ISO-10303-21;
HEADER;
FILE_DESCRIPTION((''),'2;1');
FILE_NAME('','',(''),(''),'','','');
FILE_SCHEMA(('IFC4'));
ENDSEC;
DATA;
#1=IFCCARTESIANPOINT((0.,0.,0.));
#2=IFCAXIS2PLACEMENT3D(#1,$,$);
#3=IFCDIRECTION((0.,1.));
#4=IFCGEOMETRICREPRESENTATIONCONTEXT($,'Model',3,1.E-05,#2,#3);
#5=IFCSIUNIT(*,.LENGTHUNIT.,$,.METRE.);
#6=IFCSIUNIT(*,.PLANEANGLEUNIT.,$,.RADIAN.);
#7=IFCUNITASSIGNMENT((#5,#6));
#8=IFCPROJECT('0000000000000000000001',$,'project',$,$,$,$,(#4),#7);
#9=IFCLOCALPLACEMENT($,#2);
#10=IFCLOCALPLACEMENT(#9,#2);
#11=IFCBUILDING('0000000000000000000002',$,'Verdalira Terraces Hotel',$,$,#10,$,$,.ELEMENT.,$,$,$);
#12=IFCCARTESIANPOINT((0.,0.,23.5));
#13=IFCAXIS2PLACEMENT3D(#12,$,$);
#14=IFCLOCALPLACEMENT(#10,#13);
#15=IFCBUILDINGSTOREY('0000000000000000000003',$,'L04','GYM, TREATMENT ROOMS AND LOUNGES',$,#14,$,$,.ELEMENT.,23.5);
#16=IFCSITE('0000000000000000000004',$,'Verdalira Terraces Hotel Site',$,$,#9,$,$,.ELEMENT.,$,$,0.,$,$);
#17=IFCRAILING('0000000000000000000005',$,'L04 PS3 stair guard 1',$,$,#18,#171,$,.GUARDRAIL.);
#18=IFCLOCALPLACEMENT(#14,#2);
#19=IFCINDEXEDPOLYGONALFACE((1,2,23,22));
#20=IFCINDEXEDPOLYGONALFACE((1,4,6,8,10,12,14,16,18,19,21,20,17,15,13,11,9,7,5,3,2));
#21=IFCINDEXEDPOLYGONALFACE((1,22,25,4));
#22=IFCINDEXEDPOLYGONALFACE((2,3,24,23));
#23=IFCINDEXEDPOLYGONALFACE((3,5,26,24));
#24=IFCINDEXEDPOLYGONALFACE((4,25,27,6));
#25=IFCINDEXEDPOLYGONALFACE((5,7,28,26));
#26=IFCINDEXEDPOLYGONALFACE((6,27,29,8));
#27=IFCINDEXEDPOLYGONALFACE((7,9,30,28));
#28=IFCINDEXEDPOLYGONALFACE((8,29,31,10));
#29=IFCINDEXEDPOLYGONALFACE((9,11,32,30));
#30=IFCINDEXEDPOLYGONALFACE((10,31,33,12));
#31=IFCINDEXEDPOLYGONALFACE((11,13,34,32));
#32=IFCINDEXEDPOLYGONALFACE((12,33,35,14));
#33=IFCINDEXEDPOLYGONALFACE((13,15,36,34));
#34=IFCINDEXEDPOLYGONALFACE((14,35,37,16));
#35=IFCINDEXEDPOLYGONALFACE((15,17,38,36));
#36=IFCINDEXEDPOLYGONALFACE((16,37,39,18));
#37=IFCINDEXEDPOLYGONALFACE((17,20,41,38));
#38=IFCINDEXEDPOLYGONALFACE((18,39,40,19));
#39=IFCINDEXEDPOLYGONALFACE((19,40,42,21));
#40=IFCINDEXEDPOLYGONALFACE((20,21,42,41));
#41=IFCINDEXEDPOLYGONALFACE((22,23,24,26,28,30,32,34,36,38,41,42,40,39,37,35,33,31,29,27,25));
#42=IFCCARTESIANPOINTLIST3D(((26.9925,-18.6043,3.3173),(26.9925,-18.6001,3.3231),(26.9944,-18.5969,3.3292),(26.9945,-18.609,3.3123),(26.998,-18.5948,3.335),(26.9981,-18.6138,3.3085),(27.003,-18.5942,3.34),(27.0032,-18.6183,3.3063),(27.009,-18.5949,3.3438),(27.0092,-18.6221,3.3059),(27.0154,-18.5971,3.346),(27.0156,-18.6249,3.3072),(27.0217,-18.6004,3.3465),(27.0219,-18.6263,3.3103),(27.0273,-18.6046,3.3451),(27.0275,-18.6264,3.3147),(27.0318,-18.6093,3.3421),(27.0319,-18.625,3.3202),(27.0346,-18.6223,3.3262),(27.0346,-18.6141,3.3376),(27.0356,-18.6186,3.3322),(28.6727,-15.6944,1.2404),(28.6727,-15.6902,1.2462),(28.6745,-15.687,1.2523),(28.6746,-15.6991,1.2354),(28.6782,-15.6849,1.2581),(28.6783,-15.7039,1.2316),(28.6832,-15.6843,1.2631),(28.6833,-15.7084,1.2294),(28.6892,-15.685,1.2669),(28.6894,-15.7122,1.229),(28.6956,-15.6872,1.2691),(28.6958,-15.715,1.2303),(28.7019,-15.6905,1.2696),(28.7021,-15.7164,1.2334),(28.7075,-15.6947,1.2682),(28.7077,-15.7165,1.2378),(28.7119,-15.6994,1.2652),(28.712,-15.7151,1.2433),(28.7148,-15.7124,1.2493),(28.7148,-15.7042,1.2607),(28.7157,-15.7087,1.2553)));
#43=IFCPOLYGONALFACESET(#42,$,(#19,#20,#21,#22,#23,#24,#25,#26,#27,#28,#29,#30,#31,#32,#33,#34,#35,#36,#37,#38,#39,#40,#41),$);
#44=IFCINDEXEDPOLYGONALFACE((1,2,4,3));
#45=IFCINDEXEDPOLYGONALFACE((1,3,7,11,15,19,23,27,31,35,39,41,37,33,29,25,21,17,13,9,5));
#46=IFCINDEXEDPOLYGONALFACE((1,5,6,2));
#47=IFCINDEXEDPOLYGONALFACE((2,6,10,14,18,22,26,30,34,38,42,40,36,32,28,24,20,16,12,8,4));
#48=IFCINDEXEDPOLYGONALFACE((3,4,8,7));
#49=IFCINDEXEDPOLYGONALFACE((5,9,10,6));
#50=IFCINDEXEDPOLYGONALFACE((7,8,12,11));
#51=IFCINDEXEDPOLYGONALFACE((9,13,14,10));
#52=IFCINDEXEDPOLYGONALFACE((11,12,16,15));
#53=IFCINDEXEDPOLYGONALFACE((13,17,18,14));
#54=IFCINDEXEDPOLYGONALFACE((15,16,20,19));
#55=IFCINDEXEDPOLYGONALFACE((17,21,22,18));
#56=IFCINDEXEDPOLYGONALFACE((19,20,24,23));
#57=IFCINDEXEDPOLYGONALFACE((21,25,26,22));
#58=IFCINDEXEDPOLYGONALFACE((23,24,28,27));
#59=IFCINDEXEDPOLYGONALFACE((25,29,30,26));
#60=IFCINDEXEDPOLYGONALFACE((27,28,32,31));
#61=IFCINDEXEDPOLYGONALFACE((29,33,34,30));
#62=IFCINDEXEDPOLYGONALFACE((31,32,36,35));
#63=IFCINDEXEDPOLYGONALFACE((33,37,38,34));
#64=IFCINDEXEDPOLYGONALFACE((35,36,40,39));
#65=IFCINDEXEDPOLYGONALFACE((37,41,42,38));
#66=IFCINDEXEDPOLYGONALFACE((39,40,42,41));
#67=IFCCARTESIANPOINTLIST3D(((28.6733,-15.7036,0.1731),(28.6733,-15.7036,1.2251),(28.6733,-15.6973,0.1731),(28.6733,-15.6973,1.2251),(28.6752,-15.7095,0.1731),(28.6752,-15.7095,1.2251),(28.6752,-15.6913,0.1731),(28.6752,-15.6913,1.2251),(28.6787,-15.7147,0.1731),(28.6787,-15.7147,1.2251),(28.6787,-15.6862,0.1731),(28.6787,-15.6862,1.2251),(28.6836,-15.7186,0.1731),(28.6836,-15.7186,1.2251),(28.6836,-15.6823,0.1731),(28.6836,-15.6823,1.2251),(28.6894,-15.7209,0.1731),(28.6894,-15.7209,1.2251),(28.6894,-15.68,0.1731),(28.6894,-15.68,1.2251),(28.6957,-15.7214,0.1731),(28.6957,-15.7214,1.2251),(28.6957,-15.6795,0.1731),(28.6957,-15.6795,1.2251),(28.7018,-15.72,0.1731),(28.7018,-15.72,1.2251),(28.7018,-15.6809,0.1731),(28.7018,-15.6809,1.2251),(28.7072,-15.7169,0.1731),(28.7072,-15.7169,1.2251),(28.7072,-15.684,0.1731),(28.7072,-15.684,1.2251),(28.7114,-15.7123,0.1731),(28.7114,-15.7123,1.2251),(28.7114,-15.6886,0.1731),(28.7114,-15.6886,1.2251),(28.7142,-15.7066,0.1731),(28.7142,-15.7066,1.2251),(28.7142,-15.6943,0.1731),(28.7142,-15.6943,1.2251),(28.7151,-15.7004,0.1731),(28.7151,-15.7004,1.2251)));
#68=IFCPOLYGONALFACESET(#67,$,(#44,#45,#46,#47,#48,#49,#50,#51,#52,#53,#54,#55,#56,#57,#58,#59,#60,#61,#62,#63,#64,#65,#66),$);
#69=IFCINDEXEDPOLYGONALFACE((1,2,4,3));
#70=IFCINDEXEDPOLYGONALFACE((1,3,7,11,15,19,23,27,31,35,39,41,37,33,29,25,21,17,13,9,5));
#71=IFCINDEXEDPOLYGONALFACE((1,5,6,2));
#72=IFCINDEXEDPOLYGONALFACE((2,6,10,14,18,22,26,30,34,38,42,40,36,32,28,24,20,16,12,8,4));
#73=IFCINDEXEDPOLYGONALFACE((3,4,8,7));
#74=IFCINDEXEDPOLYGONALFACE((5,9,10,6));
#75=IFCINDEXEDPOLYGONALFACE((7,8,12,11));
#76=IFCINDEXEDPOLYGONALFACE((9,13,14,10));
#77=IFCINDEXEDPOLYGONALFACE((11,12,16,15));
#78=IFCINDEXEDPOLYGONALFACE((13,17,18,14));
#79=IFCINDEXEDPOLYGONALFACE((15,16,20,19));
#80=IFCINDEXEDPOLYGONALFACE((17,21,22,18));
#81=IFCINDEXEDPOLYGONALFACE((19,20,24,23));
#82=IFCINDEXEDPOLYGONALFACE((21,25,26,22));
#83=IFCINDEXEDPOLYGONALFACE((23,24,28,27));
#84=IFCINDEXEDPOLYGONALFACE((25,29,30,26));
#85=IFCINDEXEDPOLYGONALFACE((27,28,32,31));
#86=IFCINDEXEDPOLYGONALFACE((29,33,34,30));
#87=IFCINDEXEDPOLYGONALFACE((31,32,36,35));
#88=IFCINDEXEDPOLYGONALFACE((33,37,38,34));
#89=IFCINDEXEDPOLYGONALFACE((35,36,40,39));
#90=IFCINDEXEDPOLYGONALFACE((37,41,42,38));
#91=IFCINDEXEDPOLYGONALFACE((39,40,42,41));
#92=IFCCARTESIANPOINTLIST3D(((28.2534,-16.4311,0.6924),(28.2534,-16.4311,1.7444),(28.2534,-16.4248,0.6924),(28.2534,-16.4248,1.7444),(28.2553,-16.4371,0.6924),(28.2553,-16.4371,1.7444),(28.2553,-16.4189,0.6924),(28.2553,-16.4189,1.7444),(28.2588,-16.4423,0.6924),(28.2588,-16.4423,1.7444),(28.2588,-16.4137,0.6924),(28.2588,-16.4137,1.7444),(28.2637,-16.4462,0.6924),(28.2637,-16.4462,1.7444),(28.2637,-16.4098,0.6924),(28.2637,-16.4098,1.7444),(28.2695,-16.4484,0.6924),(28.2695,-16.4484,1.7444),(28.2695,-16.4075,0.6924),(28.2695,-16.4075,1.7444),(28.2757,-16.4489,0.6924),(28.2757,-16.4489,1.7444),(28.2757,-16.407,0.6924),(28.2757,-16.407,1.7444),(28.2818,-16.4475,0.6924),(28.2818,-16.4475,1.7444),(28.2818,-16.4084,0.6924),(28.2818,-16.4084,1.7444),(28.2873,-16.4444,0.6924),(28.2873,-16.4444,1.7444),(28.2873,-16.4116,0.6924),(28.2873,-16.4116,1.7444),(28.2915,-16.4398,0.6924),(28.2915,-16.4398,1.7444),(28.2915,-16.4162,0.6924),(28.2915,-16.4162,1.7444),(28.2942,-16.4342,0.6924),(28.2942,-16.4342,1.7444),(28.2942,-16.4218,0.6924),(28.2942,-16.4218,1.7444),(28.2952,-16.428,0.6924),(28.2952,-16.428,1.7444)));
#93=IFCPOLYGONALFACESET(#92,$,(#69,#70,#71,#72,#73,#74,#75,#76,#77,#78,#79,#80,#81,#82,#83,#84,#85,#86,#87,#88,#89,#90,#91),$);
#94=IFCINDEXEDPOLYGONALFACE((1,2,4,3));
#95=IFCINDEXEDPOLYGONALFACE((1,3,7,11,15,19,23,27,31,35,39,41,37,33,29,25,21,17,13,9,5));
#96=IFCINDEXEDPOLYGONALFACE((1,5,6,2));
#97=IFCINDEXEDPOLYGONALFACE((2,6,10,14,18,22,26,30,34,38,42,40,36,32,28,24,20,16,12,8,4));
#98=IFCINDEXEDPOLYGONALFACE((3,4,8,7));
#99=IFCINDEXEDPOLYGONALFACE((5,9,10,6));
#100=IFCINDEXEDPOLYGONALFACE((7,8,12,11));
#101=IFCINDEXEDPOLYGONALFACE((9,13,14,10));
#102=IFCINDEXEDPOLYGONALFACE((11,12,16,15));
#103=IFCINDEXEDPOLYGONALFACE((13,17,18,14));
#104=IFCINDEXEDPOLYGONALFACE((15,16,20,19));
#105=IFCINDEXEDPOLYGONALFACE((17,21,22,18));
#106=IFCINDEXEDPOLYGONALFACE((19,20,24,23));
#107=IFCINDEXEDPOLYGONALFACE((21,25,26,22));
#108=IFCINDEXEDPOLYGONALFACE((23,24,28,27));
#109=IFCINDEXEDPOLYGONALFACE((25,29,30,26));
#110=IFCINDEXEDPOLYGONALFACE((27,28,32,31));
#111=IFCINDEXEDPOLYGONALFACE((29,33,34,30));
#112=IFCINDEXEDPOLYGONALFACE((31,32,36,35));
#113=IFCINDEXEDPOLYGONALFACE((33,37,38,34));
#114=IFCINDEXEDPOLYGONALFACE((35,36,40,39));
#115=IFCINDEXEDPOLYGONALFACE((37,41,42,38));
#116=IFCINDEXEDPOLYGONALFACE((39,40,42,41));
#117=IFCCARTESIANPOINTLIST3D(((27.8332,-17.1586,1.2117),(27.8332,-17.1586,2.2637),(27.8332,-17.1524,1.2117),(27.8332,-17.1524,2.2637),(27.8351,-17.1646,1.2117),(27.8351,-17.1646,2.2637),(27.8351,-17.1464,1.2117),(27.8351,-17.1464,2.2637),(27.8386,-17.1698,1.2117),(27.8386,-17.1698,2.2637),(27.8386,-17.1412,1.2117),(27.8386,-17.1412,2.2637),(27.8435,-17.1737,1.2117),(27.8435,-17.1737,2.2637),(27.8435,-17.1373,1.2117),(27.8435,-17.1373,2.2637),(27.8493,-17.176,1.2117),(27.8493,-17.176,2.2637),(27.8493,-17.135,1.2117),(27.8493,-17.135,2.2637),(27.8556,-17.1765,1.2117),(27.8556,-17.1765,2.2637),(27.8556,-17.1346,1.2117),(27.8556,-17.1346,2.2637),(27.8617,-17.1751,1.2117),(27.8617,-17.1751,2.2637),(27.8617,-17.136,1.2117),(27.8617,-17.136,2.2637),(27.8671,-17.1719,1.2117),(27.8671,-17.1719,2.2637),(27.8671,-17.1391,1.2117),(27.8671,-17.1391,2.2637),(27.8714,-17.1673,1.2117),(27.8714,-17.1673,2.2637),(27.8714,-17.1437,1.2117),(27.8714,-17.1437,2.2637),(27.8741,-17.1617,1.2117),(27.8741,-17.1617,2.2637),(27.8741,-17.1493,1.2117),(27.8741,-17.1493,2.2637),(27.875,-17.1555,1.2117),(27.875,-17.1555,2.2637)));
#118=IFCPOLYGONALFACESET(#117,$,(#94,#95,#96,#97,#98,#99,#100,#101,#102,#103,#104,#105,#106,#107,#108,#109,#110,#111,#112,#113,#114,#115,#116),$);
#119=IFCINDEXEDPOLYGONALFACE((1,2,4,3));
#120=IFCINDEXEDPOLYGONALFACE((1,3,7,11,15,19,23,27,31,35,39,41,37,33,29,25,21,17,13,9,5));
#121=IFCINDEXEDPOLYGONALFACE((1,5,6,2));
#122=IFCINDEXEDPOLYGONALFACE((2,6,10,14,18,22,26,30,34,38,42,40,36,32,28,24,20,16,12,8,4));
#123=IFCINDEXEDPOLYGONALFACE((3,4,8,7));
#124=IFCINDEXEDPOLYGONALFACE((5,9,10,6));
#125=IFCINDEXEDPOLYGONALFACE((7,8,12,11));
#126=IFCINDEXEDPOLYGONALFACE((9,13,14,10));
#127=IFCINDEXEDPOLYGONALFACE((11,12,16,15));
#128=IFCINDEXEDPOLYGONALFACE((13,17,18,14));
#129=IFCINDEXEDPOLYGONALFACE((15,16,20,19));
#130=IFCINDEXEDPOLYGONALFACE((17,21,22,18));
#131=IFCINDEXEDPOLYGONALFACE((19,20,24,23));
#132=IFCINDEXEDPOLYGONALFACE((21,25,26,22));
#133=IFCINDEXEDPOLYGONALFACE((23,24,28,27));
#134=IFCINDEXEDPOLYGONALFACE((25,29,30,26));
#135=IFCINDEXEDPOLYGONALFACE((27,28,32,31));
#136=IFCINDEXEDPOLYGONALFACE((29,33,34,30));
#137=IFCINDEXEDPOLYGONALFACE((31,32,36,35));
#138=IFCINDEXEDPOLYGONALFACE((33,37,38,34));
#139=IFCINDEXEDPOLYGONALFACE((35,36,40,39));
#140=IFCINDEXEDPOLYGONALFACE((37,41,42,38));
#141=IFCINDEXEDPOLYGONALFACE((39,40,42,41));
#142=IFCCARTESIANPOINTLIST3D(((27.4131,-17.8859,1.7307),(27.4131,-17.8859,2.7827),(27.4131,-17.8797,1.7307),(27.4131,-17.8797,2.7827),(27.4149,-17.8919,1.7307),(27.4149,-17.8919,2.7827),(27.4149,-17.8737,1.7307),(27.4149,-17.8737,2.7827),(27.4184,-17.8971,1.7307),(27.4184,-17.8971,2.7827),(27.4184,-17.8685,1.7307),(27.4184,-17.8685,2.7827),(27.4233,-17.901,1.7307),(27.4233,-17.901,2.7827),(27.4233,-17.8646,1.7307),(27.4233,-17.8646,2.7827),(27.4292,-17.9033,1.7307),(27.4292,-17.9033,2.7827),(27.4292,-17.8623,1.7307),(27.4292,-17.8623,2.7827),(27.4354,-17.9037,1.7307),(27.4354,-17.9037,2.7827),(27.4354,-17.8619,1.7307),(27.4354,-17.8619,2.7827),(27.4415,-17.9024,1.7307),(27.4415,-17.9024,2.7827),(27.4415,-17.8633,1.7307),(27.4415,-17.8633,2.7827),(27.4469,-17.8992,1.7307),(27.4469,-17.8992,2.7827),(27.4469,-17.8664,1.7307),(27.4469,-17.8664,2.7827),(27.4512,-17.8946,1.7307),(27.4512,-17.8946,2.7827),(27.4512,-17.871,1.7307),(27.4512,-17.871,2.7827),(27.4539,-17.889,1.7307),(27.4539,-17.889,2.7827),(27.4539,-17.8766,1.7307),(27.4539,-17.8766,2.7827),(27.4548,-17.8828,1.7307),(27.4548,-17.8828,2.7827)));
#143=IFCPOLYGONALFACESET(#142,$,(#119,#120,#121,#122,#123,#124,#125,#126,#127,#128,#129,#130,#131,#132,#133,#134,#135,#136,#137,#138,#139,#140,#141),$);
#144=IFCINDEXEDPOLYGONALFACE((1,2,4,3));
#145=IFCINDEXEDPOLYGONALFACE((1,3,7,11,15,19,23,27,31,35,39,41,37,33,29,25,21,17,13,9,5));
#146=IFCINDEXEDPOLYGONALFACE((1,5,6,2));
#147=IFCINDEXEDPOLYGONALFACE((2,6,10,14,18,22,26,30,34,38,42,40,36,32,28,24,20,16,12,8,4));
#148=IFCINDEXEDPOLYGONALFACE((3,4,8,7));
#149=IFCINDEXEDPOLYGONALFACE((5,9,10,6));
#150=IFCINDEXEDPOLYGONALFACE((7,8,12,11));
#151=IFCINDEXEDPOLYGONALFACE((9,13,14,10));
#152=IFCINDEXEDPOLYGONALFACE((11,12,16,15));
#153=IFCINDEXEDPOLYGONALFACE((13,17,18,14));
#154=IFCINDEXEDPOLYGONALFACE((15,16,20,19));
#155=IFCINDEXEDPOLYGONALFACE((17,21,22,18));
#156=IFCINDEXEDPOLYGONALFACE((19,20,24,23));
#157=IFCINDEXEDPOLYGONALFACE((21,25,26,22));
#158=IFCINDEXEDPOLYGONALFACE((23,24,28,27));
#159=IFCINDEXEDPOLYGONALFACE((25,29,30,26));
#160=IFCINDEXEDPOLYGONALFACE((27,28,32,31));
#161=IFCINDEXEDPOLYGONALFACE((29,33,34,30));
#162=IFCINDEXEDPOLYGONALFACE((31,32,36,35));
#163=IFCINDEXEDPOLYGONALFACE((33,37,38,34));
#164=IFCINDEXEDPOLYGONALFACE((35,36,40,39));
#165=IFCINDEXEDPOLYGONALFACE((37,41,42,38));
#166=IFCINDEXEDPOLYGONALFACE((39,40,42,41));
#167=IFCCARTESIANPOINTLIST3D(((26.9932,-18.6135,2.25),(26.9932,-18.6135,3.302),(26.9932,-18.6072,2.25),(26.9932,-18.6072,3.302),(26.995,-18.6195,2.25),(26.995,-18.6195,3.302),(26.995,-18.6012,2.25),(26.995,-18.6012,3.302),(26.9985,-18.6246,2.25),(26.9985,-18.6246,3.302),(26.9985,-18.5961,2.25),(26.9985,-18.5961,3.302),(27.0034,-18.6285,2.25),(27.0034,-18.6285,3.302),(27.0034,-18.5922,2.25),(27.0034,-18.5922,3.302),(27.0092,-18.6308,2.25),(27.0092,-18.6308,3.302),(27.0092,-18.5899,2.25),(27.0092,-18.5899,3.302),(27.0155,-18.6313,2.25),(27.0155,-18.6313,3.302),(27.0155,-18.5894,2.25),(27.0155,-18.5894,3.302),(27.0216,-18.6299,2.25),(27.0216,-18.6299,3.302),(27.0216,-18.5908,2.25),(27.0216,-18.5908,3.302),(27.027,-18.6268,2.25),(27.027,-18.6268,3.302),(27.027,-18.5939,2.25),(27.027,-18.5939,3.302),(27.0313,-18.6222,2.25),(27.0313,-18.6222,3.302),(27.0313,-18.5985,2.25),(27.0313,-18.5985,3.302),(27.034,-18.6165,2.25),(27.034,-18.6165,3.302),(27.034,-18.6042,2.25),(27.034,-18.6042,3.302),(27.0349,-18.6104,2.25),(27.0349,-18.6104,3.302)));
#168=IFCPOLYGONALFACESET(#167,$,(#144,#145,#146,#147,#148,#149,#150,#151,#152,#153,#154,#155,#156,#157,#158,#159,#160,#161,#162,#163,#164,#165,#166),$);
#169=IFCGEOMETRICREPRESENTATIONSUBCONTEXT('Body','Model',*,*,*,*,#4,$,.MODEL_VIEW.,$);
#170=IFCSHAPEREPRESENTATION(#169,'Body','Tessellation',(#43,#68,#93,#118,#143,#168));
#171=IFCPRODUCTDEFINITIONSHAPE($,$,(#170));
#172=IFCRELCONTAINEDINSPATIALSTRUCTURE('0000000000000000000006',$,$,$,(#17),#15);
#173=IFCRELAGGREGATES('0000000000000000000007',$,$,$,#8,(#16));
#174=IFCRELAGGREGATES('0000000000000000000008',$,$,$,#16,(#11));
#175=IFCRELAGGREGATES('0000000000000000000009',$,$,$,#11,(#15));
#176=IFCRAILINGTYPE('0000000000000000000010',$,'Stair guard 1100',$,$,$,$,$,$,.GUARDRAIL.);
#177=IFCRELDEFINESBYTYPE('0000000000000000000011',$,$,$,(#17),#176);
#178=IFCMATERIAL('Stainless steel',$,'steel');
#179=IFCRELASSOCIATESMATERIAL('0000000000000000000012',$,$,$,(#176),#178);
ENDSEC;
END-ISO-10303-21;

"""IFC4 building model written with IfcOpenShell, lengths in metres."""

from ifc_helpers import new_model, si_unit, direction, frame, origin, origin_2d, place, context, subcontext, project, spatial, circle, extrude, material, type_object, element, save


model = new_model("IFC4")

# Units and contexts
model_context = context("Model", 3, precision=1e-05, world=origin(), true_north=direction((0.0, 1.0)))
body_context = subcontext(model_context, "Body", "Model", "MODEL_VIEW")
ifc_project = project(units=[si_unit("LENGTHUNIT", "METRE"), si_unit("PLANEANGLEUNIT", "RADIAN")], contexts=[model_context])

# Site, building, storey
site_placement = place(None, origin())
site = spatial("IfcSite", under=ifc_project, at=site_placement, Name="Verdalira Terraces Hotel Site", CompositionType="ELEMENT", RefElevation=0.0)
building_placement = place(site_placement, origin())
building = spatial("IfcBuilding", under=site, at=building_placement, Name="Verdalira Terraces Hotel", CompositionType="ELEMENT")
storey_placement = place(building_placement, frame((0.0, 0.0, 23.5)))
storey = spatial("IfcBuildingStorey", under=building, at=storey_placement, Name="L04", Description="GYM, TREATMENT ROOMS AND LOUNGES", CompositionType="ELEMENT", Elevation=23.5)

# Railing
ifc_material_1 = material(Name="Stainless steel", Category="steel")
railing_type_1 = type_object("IfcRailingType", Name="Stair guard 1100", PredefinedType="GUARDRAIL", material=ifc_material_1)
railing_1_placement = place(storey_placement, frame((28.6941, -15.7004, 0.1731)))
element("IfcRailing", 1, at=railing_1_placement, inside=storey, type_object=railing_type_1, Name="L04 PS3 stair guard 1", PredefinedType="GUARDRAIL", context=body_context, shape_type="SweptSolid", body=[
    extrude(circle(Radius=0.0239, at=origin_2d()), frame((0.0, 0.0, 1.0762), z_axis=(-0.425339, -0.736649, 0.525771), x_axis=(0.866008, -0.500031, 0.0)), (0.0, 0.0, 1.0), 3.9502),
    extrude(circle(Radius=0.021, at=origin_2d()), origin(), (0.0, 0.0, 1.0), 1.052),
    extrude(circle(Radius=0.021, at=origin_2d()), frame((-0.4199, -0.7275, 0.5193)), (0.0, 0.0, 1.0), 1.052),
    extrude(circle(Radius=0.021, at=origin_2d()), frame((-0.8401, -1.4551, 1.0386)), (0.0, 0.0, 1.0), 1.052),
    extrude(circle(Radius=0.021, at=origin_2d()), frame((-1.2603, -2.1824, 1.5576)), (0.0, 0.0, 1.0), 1.052),
    extrude(circle(Radius=0.021, at=origin_2d()), frame((-1.6802, -2.9099, 2.0769)), (0.0, 0.0, 1.0), 1.052),
])

save(model, "model.ifc")
